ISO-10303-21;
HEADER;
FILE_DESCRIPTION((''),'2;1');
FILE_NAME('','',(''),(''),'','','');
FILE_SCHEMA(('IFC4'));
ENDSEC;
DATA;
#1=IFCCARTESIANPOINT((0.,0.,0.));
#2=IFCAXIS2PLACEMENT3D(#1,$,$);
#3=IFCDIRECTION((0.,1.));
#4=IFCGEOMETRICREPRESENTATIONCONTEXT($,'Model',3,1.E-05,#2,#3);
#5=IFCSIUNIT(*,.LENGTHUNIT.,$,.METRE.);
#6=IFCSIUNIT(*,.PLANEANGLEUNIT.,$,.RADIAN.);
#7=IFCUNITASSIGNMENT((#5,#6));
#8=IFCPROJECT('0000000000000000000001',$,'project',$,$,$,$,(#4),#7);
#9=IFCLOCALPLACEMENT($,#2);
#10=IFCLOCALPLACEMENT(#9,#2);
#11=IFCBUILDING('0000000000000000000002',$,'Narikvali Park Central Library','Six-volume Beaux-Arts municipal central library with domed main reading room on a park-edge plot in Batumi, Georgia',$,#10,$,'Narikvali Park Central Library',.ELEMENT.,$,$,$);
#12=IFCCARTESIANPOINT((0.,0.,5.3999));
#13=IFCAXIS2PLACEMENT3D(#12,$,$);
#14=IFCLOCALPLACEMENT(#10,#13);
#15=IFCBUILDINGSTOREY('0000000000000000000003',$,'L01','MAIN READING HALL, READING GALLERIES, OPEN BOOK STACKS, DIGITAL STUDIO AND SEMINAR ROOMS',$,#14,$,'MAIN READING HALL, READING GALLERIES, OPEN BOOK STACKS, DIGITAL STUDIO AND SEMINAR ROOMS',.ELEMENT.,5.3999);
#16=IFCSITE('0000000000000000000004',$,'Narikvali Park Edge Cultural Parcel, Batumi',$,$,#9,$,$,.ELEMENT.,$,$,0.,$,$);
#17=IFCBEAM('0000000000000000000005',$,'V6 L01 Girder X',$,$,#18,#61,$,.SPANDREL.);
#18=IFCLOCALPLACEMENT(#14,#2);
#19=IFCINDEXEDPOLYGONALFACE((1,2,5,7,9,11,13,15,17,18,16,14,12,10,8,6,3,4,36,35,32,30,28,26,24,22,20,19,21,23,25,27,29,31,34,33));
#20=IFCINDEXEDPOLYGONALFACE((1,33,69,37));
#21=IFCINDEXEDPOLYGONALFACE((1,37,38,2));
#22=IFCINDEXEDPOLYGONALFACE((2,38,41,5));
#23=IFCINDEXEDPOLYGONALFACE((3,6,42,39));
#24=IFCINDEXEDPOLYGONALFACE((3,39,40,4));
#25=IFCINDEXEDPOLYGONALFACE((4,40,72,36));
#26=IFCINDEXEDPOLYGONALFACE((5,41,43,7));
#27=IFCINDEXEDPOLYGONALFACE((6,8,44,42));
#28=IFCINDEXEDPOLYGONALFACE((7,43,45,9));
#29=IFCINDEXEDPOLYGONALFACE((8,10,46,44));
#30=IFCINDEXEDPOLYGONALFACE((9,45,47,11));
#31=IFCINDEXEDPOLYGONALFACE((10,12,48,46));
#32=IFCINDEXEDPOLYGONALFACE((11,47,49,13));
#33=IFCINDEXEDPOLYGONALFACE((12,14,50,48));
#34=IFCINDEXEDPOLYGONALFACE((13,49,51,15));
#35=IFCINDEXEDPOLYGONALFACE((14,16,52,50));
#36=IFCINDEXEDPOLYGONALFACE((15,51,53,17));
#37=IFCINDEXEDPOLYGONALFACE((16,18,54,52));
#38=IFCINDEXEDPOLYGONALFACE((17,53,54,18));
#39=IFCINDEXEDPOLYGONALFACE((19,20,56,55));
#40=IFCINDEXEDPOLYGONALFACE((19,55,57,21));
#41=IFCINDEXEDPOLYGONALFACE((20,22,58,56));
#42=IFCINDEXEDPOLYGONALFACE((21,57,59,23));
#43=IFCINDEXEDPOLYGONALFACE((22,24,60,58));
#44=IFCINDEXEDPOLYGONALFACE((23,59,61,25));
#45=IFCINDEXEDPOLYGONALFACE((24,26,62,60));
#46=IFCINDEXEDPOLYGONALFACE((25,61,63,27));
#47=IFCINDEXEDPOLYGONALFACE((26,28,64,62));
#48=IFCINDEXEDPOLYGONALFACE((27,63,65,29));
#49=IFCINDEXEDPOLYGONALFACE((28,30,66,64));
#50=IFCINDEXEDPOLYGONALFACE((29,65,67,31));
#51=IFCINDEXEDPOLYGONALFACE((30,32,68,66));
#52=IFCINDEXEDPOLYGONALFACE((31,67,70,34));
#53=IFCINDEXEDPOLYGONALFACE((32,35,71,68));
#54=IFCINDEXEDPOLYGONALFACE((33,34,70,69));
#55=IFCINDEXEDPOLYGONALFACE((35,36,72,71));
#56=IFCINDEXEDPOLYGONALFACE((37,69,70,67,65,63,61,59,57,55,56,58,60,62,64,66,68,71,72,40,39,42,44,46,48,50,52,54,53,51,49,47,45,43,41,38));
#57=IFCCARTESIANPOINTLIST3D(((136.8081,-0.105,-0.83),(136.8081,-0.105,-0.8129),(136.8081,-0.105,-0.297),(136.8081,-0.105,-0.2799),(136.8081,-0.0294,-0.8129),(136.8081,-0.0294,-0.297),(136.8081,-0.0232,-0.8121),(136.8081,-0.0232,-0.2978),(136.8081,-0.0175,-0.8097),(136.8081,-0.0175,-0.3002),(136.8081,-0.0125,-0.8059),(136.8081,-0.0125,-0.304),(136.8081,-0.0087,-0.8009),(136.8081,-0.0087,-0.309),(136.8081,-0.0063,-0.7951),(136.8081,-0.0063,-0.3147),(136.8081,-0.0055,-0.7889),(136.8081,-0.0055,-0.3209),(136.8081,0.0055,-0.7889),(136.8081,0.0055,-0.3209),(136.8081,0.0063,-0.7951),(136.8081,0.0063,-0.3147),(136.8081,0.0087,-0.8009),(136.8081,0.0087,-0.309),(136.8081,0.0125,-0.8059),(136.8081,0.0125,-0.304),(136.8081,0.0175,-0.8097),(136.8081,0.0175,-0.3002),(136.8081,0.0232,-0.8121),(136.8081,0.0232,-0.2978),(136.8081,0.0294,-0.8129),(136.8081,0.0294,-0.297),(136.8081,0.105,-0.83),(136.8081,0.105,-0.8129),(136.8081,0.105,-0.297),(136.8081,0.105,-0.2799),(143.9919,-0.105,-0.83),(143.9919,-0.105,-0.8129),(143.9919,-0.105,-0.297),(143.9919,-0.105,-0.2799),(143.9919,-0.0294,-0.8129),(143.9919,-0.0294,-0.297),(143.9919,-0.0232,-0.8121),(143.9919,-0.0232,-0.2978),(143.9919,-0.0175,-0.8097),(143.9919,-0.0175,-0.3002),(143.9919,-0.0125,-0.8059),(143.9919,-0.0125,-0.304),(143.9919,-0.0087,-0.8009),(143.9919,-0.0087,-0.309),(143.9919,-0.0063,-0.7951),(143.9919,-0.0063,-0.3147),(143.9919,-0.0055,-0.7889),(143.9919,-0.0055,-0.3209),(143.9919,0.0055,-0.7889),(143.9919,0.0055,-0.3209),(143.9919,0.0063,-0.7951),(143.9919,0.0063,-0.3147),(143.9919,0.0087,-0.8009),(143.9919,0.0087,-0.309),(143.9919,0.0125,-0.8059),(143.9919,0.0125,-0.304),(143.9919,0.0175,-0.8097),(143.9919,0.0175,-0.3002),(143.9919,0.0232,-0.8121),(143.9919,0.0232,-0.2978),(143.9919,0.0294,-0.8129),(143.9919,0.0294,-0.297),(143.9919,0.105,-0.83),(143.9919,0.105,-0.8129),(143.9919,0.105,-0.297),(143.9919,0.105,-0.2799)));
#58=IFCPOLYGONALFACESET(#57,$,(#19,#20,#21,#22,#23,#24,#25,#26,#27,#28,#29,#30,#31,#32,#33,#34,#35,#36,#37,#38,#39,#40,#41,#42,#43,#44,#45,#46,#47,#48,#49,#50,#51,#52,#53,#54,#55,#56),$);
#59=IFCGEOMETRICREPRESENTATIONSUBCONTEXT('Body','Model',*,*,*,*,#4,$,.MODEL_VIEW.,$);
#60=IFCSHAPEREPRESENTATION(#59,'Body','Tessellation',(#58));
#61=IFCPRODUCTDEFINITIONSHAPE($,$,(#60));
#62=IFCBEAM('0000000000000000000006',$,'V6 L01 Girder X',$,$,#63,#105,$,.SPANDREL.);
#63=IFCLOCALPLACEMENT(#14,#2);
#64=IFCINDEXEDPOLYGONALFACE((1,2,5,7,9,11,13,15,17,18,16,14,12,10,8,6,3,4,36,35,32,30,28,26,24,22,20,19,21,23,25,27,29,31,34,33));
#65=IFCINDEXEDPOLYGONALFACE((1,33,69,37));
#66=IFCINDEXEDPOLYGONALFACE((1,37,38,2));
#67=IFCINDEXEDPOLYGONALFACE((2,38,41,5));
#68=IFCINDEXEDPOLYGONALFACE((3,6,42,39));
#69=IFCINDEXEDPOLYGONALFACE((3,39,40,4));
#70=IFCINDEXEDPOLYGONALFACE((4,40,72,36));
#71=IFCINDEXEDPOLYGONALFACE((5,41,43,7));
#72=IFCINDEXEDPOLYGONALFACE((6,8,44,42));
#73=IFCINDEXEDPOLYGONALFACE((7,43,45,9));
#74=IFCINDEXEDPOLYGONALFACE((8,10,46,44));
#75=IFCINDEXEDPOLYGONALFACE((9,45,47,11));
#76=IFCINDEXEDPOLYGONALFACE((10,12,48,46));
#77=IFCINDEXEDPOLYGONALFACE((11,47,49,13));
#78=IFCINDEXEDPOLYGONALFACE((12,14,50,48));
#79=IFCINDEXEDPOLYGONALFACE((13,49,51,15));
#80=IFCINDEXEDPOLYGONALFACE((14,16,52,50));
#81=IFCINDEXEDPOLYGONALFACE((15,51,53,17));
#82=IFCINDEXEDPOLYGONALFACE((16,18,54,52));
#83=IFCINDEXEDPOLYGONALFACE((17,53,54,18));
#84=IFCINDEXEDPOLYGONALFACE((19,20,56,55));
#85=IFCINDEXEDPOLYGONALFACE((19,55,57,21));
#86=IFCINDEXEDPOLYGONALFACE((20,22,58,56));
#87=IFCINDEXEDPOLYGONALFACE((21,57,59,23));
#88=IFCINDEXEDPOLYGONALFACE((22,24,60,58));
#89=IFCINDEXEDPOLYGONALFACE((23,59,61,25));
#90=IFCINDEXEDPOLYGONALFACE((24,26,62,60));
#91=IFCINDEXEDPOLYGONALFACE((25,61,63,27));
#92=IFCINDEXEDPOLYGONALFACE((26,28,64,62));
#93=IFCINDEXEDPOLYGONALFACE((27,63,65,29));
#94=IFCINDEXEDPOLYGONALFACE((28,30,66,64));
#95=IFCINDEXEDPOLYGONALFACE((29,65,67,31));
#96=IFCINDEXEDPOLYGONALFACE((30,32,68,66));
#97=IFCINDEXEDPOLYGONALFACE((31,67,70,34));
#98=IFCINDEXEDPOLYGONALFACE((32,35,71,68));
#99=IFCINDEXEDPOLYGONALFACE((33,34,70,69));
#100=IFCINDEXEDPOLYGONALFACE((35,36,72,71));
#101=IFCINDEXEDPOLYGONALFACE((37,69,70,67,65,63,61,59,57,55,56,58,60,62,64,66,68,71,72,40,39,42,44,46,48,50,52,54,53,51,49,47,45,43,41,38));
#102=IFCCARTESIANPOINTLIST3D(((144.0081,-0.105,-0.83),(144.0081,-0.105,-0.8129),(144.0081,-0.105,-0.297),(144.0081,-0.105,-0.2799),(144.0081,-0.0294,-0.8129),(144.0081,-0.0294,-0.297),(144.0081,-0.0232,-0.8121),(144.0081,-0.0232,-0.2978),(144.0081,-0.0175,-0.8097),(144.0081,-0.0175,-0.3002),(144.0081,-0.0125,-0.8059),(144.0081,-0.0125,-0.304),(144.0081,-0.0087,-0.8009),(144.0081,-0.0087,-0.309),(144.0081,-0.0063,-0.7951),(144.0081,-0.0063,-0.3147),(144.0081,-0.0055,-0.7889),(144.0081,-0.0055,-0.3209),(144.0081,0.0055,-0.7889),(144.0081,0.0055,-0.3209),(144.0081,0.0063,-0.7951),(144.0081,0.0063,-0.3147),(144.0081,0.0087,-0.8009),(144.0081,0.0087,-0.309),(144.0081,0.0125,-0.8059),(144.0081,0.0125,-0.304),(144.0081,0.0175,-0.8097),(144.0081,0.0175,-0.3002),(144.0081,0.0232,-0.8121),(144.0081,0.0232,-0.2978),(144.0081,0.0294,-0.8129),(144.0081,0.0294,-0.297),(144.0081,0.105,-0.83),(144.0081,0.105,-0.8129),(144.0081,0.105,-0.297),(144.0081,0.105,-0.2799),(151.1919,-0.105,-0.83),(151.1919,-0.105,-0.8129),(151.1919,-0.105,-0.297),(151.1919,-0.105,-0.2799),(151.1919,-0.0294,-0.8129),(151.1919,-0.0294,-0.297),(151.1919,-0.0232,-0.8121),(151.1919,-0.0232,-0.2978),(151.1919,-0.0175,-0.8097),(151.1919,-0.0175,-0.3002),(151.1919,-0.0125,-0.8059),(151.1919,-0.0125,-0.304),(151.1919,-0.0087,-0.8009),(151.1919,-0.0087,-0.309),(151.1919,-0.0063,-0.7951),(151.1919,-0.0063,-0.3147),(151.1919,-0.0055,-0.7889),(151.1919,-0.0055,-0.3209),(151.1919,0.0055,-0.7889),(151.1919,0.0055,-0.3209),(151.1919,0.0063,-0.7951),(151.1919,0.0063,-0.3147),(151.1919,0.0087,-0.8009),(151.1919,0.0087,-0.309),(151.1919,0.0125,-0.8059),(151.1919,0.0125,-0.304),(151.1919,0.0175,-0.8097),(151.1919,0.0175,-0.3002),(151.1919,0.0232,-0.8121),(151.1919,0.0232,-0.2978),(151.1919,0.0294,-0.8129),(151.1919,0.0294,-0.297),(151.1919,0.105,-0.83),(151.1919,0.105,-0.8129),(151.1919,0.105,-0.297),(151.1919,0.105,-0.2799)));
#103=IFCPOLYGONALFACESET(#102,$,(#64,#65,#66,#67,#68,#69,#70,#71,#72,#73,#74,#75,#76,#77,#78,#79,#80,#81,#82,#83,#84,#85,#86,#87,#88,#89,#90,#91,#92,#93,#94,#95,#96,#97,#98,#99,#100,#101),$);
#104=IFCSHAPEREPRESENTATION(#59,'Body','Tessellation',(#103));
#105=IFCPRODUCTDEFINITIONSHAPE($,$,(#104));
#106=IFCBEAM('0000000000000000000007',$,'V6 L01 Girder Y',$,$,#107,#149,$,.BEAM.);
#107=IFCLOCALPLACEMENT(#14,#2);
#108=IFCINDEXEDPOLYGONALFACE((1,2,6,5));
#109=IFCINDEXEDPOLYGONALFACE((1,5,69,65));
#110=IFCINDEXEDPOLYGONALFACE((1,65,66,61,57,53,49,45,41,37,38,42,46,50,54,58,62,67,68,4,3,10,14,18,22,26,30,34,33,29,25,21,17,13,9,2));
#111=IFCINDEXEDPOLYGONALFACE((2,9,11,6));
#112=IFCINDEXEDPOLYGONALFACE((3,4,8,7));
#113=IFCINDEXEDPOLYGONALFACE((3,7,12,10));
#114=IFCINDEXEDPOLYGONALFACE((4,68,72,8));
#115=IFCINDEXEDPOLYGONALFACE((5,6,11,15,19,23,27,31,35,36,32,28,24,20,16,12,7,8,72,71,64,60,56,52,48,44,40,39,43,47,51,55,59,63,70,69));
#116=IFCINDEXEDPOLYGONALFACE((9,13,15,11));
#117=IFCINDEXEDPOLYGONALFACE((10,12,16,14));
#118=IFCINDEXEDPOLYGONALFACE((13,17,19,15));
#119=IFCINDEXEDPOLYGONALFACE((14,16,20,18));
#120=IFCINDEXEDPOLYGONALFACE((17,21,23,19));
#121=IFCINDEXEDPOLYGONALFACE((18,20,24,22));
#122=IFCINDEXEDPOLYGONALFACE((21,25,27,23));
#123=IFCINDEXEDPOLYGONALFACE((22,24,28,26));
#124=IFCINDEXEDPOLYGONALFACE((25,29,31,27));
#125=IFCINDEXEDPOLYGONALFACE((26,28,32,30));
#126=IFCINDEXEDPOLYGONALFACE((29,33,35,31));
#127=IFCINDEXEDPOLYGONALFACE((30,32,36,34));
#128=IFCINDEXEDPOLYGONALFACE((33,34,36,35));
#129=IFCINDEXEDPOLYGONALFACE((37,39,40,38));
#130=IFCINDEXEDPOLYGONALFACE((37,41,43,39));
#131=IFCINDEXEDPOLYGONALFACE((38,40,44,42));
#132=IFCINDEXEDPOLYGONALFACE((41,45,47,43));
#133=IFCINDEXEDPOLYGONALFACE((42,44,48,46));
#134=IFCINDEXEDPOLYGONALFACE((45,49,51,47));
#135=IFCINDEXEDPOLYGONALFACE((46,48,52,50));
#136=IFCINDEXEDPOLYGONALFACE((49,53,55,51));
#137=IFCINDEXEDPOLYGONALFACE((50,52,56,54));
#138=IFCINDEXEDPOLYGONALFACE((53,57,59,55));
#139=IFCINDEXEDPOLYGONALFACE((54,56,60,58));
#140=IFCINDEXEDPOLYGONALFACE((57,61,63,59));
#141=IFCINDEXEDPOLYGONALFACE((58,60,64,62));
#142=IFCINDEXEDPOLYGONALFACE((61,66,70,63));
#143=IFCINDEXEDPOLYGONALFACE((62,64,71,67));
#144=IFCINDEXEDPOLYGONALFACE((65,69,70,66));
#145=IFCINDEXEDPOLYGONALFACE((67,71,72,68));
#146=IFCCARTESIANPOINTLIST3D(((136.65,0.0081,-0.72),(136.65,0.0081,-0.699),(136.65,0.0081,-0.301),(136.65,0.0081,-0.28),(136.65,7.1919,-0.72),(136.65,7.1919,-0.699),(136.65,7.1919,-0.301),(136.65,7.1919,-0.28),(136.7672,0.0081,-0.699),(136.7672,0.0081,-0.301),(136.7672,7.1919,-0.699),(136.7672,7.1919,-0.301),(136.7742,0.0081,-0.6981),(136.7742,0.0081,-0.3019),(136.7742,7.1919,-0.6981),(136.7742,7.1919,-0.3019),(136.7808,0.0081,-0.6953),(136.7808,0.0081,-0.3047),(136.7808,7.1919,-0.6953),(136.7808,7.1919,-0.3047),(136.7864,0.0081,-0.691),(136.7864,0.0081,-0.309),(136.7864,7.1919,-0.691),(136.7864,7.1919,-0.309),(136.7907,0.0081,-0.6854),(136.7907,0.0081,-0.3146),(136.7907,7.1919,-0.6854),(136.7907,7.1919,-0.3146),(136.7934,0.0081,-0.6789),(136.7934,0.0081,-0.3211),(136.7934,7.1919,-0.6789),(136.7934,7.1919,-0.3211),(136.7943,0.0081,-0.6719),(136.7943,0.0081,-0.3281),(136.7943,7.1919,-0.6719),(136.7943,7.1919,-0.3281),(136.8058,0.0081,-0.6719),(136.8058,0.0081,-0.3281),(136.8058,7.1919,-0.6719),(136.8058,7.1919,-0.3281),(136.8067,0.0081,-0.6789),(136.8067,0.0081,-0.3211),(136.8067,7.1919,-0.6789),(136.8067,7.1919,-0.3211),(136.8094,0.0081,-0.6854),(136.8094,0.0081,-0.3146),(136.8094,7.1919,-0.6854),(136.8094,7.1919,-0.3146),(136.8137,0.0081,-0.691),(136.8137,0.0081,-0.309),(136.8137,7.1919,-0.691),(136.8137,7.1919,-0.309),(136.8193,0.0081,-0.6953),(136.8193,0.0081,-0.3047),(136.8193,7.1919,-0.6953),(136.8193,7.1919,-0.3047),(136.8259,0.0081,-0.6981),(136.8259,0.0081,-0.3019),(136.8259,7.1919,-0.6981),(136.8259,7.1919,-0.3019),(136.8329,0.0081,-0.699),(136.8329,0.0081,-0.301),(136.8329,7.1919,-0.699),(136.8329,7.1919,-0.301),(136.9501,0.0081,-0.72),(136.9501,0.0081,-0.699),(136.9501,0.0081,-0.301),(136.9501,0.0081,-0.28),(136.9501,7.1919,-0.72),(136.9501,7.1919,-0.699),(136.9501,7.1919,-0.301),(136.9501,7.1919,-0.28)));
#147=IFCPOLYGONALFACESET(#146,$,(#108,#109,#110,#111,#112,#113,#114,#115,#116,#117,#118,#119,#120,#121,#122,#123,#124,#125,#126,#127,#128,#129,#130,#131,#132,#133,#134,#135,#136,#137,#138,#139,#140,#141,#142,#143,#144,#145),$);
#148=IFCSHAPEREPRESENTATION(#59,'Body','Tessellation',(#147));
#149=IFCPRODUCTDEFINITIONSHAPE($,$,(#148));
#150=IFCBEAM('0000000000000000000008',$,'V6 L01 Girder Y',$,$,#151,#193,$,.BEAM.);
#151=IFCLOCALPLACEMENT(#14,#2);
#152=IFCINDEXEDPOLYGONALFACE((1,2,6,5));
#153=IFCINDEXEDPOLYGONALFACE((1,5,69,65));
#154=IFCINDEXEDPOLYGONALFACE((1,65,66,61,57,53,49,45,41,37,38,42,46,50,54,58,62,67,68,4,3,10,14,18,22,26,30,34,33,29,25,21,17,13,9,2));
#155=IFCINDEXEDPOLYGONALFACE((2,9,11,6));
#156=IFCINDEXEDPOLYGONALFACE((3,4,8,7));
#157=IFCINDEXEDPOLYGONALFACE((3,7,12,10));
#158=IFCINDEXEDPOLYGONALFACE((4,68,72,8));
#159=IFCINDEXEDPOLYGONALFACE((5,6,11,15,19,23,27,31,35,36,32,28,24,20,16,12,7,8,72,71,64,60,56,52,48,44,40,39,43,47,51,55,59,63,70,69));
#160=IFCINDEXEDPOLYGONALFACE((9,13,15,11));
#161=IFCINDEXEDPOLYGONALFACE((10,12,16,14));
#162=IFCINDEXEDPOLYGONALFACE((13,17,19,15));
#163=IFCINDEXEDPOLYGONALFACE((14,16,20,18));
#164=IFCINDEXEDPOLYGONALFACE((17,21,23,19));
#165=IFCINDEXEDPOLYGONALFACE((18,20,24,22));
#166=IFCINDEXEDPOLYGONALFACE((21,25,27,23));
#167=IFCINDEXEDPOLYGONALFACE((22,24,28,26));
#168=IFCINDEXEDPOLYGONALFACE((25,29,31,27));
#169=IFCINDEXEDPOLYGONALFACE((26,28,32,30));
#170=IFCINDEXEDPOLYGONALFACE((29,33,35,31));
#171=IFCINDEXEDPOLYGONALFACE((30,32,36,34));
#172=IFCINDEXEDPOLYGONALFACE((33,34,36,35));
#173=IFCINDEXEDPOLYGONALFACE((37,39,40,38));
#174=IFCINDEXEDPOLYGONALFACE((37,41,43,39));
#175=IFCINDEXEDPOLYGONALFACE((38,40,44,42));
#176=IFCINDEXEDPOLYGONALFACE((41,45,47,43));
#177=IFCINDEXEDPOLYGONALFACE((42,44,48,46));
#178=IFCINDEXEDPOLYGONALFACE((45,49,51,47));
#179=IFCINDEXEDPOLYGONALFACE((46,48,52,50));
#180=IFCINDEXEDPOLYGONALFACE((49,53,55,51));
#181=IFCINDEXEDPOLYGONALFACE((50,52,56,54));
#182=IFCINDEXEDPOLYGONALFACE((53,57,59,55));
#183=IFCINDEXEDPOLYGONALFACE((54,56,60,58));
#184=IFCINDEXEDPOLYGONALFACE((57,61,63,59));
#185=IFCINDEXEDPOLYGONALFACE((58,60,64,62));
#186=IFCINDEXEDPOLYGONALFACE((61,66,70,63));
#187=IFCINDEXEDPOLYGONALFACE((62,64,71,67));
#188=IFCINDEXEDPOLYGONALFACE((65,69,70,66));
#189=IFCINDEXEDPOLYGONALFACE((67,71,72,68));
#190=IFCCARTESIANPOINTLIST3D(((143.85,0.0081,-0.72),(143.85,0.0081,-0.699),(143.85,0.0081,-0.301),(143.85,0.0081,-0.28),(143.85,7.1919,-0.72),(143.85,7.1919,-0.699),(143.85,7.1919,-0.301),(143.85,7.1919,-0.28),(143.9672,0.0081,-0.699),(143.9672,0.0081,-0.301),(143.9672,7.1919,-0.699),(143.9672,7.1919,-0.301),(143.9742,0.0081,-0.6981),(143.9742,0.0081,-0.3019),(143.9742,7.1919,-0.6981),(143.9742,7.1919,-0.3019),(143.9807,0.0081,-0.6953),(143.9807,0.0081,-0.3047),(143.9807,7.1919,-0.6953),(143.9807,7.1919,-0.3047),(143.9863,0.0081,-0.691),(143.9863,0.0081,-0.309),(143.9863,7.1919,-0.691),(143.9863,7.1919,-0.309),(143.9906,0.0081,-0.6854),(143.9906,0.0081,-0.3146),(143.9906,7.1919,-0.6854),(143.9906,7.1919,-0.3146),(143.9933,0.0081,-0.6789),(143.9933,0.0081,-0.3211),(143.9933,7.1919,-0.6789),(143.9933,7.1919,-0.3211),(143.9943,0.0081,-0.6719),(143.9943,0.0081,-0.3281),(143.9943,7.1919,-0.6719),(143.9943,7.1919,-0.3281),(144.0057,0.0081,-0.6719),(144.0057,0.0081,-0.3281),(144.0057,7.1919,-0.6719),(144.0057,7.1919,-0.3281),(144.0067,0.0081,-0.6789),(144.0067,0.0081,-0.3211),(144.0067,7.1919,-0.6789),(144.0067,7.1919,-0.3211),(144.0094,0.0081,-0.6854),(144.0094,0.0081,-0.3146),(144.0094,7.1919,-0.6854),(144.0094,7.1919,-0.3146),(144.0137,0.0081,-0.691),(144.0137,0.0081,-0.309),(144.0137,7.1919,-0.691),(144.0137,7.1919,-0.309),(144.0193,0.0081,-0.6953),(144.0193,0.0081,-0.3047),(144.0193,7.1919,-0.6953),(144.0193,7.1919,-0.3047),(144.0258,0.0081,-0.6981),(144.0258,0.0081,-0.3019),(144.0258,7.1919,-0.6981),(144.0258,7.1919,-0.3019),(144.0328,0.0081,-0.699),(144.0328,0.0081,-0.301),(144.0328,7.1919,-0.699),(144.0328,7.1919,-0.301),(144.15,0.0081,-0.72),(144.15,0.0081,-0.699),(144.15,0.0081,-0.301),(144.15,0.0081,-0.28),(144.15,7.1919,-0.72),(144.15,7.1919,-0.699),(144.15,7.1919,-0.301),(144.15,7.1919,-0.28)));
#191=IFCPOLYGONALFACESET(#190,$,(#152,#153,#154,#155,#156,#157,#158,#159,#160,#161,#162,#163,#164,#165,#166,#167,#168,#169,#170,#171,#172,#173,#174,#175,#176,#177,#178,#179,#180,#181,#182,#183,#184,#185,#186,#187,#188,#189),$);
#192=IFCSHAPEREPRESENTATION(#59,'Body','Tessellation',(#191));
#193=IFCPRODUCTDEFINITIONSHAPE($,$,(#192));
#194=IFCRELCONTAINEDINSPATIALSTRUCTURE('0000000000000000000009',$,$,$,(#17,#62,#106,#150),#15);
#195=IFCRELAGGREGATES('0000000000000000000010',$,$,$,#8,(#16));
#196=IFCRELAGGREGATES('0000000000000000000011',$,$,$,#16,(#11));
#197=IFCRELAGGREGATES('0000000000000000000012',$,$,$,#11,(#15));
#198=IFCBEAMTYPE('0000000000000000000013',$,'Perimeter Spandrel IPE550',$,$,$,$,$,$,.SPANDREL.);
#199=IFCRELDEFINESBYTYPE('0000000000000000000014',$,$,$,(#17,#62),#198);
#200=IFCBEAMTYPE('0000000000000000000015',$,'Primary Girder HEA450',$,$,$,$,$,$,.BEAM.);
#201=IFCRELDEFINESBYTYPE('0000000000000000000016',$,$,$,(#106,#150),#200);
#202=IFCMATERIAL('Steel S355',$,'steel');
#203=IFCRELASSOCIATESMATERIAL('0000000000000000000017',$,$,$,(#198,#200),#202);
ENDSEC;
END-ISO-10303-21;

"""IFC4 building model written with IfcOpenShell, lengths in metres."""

from ifc_helpers import new_model, si_unit, direction, frame, origin, origin_2d, place, context, subcontext, project, spatial, i_section, extrude, material, material_profile, profile_set, type_object, element, save


model = new_model("IFC4")

# Units and contexts
model_context = context("Model", 3, precision=1e-05, world=origin(), true_north=direction((0.0, 1.0)))
body_context = subcontext(model_context, "Body", "Model", "MODEL_VIEW")
ifc_project = project(units=[si_unit("LENGTHUNIT", "METRE"), si_unit("PLANEANGLEUNIT", "RADIAN")], contexts=[model_context])

# Site, building, storey
site_placement = place(None, origin())
site = spatial("IfcSite", under=ifc_project, at=site_placement, Name="Narikvali Park Edge Cultural Parcel, Batumi", CompositionType="ELEMENT", RefElevation=0.0)
building_placement = place(site_placement, origin())
building = spatial("IfcBuilding", under=site, at=building_placement, Name="Narikvali Park Central Library", Description="Six-volume Beaux-Arts municipal central library with domed main reading room on a park-edge plot in Batumi, Georgia", LongName="Narikvali Park Central Library", CompositionType="ELEMENT")
storey_placement = place(building_placement, frame((0.0, 0.0, 5.3999)))
storey = spatial("IfcBuildingStorey", under=building, at=storey_placement, Name="L01", Description="MAIN READING HALL, READING GALLERIES, OPEN BOOK STACKS, DIGITAL STUDIO AND SEMINAR ROOMS", LongName="MAIN READING HALL, READING GALLERIES, OPEN BOOK STACKS, DIGITAL STUDIO AND SEMINAR ROOMS", CompositionType="ELEMENT", Elevation=5.3999)

# Shared definitions
ifc_material_1 = material(Name="Steel S355", Category="steel")

# Beams
ifc_material_profile_1 = material_profile(ifc_material_1, i_section(OverallWidth=0.21, OverallDepth=0.55, WebThickness=0.011, FlangeThickness=0.0171, FilletRadius=0.0239, at=origin_2d()), Name="IPE 550")
ifc_profile_set_1 = profile_set([ifc_material_profile_1], Name="Steel S355")
beam_type_1 = type_object("IfcBeamType", Name="Perimeter Spandrel IPE550", PredefinedType="SPANDREL", material=ifc_profile_set_1)
for number, where, z_axis, x_axis, name in (
    (1, (136.8081, 0.0, -0.5549), (1.0, 0.0, 0.0), (0.0, 1.0, 0.0), "V6 L01 Girder X"),
    (2, (144.0081, 0.0, -0.5549), (1.0, 0.0, 0.0), (0.0, 1.0, 0.0), "V6 L01 Girder X"),
):
    element("IfcBeam", number, at=place(storey_placement, frame(where, z_axis=z_axis, x_axis=x_axis)), inside=storey, type_object=beam_type_1, Name=name, PredefinedType="SPANDREL", context=body_context, shape_type="SweptSolid", body=[
        extrude(i_section(OverallWidth=0.21, OverallDepth=0.55, WebThickness=0.011, FlangeThickness=0.0171, FilletRadius=0.0239, at=origin_2d()), origin(), (0.0, 0.0, 1.0), 7.1838),
    ])
ifc_material_profile_2 = material_profile(ifc_material_1, i_section(OverallWidth=0.3, OverallDepth=0.4399, WebThickness=0.0115, FlangeThickness=0.021, FilletRadius=0.0271, at=origin_2d()), Name="HEA 450")
ifc_profile_set_2 = profile_set([ifc_material_profile_2], Name="Steel S355")
beam_type_2 = type_object("IfcBeamType", Name="Primary Girder HEA450", PredefinedType="BEAM", material=ifc_profile_set_2)
for number, where, z_axis, x_axis, name in (
    (3, (136.8, 0.0081, -0.5), (0.0, 1.0, 0.0), (-1.0, 0.0, 0.0), "V6 L01 Girder Y"),
    (4, (144.0, 0.0081, -0.5), (0.0, 1.0, 0.0), (-1.0, 0.0, 0.0), "V6 L01 Girder Y"),
):
    element("IfcBeam", number, at=place(storey_placement, frame(where, z_axis=z_axis, x_axis=x_axis)), inside=storey, type_object=beam_type_2, Name=name, PredefinedType="BEAM", context=body_context, shape_type="SweptSolid", body=[
        extrude(i_section(OverallWidth=0.3, OverallDepth=0.4399, WebThickness=0.0115, FlangeThickness=0.021, FilletRadius=0.0271, at=origin_2d()), origin(), (0.0, 0.0, 1.0), 7.1838),
    ])

save(model, "model.ifc")
